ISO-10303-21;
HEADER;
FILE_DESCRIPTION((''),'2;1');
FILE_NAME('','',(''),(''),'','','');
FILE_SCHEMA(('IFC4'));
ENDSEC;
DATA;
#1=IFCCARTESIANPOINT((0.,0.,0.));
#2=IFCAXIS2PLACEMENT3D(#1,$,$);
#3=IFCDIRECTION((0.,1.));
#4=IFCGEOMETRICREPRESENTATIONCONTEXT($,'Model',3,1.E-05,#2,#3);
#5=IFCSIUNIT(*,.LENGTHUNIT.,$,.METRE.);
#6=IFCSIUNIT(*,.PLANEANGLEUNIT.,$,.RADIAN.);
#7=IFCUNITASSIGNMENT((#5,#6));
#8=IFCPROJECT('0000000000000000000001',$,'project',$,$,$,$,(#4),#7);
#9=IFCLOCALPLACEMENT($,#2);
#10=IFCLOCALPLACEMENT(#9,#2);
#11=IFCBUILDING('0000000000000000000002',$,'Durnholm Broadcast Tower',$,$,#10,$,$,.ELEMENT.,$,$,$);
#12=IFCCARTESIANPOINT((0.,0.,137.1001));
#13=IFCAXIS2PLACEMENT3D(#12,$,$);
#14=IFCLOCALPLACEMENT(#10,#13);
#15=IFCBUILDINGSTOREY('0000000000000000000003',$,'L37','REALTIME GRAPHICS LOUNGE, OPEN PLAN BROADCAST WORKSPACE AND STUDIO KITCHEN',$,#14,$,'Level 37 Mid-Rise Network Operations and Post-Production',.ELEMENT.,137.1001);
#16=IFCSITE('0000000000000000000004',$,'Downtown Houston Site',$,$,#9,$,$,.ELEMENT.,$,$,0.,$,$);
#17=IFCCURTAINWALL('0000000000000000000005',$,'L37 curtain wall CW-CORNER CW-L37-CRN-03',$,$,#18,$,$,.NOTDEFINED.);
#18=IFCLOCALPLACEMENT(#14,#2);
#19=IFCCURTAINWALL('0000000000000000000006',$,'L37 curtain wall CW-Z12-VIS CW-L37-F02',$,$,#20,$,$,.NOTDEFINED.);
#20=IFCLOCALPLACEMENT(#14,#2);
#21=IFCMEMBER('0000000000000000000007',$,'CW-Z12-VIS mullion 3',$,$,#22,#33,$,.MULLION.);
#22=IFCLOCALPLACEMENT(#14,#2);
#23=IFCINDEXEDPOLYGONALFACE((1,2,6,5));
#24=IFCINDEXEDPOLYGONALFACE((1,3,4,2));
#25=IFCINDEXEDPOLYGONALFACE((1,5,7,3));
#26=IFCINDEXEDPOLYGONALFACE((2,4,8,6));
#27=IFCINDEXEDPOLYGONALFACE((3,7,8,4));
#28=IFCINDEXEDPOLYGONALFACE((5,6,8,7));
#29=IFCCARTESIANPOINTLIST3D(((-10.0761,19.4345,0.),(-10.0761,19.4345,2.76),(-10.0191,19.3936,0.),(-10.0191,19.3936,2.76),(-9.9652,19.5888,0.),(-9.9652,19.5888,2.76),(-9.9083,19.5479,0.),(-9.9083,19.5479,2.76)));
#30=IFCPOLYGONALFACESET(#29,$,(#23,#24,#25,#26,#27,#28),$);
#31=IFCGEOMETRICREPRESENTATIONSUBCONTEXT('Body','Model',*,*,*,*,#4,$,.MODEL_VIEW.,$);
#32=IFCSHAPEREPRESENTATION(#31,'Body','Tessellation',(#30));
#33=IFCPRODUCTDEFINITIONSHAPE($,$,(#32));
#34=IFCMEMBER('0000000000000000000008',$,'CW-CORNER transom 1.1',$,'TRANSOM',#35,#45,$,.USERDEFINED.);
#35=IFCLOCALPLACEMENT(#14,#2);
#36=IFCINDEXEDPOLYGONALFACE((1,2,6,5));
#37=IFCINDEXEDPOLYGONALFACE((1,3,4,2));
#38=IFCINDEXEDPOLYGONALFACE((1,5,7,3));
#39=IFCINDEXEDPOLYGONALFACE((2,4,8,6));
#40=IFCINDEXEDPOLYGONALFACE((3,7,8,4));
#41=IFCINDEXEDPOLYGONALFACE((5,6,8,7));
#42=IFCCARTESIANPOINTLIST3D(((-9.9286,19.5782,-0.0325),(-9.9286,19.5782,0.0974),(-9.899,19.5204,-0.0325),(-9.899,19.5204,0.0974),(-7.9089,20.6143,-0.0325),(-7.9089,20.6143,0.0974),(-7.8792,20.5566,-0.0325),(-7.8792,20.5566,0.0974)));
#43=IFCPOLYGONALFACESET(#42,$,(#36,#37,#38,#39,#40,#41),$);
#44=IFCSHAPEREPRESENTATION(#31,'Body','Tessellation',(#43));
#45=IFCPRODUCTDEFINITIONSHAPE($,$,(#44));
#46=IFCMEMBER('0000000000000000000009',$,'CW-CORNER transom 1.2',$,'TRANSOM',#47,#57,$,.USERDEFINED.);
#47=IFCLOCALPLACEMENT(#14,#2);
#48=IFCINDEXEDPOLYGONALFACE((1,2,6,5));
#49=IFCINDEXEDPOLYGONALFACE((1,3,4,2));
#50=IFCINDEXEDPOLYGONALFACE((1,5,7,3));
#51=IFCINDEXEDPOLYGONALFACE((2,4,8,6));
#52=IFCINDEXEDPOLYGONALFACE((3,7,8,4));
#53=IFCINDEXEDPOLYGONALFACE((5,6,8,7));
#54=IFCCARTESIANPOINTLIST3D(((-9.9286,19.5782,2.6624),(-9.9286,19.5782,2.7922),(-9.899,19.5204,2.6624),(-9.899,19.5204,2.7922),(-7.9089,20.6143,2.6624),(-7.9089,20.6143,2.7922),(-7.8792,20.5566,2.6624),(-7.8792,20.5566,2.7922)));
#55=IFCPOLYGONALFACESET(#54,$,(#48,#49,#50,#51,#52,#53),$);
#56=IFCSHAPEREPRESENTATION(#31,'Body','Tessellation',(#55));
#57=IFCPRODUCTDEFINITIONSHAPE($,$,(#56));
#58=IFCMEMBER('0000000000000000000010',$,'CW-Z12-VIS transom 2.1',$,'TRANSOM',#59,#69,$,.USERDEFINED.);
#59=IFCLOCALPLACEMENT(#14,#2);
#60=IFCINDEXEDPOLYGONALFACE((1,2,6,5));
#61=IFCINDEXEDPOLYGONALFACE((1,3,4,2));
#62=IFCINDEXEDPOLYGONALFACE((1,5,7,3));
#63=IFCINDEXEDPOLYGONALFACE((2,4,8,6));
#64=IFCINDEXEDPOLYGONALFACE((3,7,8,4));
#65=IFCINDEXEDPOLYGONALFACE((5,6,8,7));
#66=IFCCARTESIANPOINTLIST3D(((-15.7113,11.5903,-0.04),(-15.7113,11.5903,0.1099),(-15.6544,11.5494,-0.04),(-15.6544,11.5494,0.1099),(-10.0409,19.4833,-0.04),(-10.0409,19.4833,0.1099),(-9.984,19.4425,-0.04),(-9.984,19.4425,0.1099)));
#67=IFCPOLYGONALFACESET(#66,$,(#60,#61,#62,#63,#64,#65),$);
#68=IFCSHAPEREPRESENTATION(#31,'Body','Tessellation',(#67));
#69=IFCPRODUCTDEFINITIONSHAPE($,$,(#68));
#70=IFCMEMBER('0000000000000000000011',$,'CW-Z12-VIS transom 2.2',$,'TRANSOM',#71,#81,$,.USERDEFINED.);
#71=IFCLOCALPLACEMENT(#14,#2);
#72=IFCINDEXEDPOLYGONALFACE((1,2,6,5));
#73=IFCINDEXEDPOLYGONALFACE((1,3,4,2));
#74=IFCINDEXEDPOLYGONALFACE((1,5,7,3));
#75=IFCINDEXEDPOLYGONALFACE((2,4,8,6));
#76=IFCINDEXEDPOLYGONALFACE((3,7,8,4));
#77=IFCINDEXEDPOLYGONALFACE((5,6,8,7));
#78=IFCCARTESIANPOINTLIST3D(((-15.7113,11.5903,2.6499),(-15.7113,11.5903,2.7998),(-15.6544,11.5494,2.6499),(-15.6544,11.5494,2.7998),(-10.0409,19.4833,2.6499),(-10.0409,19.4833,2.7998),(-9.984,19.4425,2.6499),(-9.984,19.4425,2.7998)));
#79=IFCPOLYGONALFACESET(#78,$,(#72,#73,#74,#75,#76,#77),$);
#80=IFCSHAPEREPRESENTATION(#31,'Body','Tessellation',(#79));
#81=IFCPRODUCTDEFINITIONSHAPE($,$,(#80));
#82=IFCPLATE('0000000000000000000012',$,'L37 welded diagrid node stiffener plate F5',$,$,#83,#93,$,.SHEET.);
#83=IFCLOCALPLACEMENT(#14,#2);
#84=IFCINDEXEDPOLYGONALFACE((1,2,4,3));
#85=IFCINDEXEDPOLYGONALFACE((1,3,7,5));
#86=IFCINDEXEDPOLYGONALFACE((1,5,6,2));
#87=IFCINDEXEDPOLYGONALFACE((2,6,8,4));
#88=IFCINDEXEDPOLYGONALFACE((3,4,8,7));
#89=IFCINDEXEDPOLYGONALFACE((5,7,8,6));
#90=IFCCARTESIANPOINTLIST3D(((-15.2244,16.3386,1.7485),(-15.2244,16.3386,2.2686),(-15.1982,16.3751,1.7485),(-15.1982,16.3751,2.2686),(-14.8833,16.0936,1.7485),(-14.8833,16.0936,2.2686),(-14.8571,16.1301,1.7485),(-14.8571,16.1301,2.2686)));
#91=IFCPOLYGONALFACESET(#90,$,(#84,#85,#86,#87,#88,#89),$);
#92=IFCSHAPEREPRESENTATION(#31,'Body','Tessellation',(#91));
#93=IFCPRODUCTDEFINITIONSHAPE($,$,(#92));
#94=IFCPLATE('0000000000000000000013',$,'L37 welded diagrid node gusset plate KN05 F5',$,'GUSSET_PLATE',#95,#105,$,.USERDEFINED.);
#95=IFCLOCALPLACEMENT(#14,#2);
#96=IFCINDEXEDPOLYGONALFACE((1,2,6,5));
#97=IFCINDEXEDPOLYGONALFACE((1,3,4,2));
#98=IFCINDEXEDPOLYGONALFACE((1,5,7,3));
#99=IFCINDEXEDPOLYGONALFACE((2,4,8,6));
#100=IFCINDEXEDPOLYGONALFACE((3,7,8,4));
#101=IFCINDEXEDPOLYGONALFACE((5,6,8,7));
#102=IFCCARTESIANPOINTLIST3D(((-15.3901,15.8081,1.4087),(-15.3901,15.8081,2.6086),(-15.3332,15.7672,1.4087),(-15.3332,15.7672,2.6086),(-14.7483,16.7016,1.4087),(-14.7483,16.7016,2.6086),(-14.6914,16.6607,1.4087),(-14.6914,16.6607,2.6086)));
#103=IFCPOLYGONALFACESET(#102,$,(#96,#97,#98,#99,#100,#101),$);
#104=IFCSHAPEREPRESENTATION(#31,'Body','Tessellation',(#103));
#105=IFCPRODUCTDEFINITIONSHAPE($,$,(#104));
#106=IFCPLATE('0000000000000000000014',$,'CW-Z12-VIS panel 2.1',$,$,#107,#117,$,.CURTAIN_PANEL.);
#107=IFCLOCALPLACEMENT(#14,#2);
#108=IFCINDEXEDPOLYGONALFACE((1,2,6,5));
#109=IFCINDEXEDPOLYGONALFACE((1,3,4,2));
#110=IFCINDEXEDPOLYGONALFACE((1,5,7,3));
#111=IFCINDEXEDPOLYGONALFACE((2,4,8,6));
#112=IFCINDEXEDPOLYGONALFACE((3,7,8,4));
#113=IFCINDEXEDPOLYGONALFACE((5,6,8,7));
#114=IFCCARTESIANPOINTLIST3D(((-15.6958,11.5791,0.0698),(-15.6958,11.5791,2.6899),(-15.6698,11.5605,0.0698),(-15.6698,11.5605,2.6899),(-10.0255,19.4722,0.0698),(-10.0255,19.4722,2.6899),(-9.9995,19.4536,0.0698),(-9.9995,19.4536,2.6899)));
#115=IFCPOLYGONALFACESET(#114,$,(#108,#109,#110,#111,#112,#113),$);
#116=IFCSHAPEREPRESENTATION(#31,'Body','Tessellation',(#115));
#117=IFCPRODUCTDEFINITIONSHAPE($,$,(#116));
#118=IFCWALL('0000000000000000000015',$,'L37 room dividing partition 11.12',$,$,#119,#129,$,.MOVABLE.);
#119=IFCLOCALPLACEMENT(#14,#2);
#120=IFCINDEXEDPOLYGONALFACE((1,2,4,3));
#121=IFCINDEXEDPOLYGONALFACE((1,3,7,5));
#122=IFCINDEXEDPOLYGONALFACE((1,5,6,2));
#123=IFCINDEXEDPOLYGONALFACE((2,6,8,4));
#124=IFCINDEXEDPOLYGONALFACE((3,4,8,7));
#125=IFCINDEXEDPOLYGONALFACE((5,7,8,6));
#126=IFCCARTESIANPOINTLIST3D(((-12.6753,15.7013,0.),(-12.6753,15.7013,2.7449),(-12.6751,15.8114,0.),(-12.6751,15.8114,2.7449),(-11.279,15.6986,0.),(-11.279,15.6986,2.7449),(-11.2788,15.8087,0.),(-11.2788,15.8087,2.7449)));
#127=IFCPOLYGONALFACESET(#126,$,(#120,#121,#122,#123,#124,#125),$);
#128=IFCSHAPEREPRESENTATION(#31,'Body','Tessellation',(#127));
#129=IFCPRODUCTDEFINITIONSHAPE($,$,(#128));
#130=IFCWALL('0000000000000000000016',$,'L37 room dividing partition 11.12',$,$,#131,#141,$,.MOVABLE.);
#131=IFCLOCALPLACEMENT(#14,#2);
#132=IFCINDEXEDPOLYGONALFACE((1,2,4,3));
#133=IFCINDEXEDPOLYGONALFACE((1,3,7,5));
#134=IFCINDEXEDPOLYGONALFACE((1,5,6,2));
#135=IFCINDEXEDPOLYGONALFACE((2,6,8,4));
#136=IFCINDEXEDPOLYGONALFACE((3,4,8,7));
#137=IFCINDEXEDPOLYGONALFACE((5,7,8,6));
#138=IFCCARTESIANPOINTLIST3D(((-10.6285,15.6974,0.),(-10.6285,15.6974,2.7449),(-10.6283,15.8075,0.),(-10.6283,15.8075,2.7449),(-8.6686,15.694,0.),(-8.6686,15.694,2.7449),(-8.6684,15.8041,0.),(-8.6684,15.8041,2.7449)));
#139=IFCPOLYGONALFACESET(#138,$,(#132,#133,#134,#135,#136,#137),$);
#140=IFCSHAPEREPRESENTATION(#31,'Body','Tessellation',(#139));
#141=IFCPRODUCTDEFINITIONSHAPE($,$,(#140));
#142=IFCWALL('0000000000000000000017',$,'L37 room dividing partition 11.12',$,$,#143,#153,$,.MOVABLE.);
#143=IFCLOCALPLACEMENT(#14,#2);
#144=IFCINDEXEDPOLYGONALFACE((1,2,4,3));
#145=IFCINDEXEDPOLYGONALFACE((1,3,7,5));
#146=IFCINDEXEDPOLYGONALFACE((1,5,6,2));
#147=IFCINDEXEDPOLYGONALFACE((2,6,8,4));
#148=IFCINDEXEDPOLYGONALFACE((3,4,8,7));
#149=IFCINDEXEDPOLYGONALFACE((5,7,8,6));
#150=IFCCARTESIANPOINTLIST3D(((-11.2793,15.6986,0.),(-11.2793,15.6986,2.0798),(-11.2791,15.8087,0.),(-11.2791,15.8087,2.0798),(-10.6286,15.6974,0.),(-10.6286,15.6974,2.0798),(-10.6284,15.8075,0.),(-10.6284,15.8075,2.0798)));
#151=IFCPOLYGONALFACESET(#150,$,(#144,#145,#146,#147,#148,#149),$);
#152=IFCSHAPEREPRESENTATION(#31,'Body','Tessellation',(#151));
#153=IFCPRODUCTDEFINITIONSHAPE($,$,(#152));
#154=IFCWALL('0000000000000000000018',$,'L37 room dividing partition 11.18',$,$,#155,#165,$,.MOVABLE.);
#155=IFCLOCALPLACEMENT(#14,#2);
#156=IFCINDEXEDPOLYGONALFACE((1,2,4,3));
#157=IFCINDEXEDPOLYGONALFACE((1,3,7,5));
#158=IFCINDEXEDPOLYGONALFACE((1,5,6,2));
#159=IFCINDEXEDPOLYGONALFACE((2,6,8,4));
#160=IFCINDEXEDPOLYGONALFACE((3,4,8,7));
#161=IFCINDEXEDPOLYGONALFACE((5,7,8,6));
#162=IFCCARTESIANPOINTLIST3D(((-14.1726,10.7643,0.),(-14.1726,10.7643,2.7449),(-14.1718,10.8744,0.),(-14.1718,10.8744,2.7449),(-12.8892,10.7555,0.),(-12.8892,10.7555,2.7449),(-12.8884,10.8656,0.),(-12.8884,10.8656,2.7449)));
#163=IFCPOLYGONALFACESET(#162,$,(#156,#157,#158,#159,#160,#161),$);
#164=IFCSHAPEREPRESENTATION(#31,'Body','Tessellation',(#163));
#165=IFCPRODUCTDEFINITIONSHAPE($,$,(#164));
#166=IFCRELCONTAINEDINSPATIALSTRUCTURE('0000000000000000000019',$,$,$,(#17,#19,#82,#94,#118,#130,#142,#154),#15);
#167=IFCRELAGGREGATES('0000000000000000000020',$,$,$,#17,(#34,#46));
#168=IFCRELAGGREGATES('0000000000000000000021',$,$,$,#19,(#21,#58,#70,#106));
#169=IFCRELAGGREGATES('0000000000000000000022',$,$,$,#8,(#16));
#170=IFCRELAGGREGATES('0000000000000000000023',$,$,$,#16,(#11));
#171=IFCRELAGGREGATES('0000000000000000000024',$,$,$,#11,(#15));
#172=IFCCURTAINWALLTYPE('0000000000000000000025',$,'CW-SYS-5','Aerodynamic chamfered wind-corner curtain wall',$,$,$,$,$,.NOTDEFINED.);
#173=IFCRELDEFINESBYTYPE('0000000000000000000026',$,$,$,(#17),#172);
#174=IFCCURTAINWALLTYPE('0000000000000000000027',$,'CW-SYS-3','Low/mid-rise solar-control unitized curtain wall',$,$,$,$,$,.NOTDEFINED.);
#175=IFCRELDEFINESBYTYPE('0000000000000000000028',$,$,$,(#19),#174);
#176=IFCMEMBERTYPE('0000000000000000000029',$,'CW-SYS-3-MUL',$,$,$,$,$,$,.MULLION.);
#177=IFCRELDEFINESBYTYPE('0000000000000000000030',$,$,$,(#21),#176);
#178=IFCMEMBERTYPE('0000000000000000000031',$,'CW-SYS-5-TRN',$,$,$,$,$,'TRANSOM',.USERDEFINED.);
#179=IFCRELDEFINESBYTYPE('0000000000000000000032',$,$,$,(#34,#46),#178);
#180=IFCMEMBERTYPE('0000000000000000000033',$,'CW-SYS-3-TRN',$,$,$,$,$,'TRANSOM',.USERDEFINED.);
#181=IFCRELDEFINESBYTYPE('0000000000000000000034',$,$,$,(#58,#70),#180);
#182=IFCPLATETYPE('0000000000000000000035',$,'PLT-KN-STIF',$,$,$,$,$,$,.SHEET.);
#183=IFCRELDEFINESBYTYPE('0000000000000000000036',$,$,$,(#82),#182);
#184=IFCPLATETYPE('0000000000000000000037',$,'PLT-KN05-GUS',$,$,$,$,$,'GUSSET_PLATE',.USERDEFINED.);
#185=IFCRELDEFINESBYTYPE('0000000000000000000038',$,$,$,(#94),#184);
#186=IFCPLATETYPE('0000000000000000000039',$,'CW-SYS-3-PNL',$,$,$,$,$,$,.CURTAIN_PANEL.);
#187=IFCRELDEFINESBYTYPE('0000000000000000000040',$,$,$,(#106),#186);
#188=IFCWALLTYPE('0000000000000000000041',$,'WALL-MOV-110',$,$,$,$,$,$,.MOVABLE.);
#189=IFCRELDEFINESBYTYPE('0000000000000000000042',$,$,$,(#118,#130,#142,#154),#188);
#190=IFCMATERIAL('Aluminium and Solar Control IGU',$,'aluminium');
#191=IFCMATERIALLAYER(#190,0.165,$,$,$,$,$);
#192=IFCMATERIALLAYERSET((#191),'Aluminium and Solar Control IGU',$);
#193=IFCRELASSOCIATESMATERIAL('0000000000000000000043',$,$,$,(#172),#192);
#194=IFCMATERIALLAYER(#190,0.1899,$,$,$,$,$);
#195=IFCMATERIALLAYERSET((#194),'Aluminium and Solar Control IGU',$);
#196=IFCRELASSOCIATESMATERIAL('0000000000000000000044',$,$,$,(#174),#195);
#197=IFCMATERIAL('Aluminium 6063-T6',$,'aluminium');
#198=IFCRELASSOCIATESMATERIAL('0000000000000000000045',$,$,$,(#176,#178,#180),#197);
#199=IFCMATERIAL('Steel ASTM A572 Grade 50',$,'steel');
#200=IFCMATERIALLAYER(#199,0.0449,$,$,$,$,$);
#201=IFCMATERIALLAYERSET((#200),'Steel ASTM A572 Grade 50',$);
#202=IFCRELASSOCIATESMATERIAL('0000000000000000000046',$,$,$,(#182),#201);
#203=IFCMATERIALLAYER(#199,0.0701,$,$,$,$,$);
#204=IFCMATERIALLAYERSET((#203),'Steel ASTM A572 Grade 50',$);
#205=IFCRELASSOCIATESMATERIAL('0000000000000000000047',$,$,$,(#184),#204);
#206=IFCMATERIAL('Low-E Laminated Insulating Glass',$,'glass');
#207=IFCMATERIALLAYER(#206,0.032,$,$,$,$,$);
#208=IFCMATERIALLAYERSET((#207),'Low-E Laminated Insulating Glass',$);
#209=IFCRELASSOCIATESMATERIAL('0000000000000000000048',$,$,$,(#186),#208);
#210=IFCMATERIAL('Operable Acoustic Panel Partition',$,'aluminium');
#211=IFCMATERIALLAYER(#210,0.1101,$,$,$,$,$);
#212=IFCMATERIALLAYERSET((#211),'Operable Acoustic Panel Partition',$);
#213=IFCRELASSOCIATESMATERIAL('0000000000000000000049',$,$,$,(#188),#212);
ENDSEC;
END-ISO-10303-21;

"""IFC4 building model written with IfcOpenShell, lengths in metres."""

from ifc_helpers import new_model, si_unit, direction, frame, frame_2d, origin, origin_2d, place, context, subcontext, project, spatial, rectangle, extrude, source, transform, mapped, material, layer, layer_set, material_profile, profile_set, type_object, type_shapes, element, aggregate, save


model = new_model("IFC4")

# Units and contexts
model_context = context("Model", 3, precision=1e-05, world=origin(), true_north=direction((0.0, 1.0)))
body_context = subcontext(model_context, "Body", "Model", "MODEL_VIEW")
ifc_project = project(units=[si_unit("LENGTHUNIT", "METRE"), si_unit("PLANEANGLEUNIT", "RADIAN")], contexts=[model_context])

# Site, building, storey
site_placement = place(None, origin())
site = spatial("IfcSite", under=ifc_project, at=site_placement, Name="Downtown Houston Site", CompositionType="ELEMENT", RefElevation=0.0)
building_placement = place(site_placement, origin())
building = spatial("IfcBuilding", under=site, at=building_placement, Name="Durnholm Broadcast Tower", CompositionType="ELEMENT")
storey_placement = place(building_placement, frame((0.0, 0.0, 137.1001)))
storey = spatial("IfcBuildingStorey", under=building, at=storey_placement, Name="L37", Description="REALTIME GRAPHICS LOUNGE, OPEN PLAN BROADCAST WORKSPACE AND STUDIO KITCHEN", LongName="Level 37 Mid-Rise Network Operations and Post-Production", CompositionType="ELEMENT", Elevation=137.1001)

# Curtain wall
ifc_material_1 = material(Name="Aluminium and Solar Control IGU", Category="aluminium")
ifc_layer_1 = layer(ifc_material_1, 0.165)
ifc_layer_set_1 = layer_set([ifc_layer_1], Name="Aluminium and Solar Control IGU")
curtain_wall_type_1 = type_object("IfcCurtainWallType", Name="CW-SYS-5", Description="Aerodynamic chamfered wind-corner curtain wall", PredefinedType="NOTDEFINED", material=ifc_layer_set_1)
curtain_wall_1_placement = place(storey_placement, origin())
curtain_wall_1 = element("IfcCurtainWall", 1, at=curtain_wall_1_placement, inside=storey, type_object=curtain_wall_type_1, Name="L37 curtain wall CW-CORNER CW-L37-CRN-03", PredefinedType="NOTDEFINED")
ifc_material_2 = material(Name="Aluminium 6063-T6", Category="aluminium")

# Curtain wall, member
ifc_layer_2 = layer(ifc_material_1, 0.1899)
ifc_layer_set_2 = layer_set([ifc_layer_2], Name="Aluminium and Solar Control IGU")
curtain_wall_type_2 = type_object("IfcCurtainWallType", Name="CW-SYS-3", Description="Low/mid-rise solar-control unitized curtain wall", PredefinedType="NOTDEFINED", material=ifc_layer_set_2)
curtain_wall_2_placement = place(storey_placement, origin())
curtain_wall_2 = element("IfcCurtainWall", 2, at=curtain_wall_2_placement, inside=storey, type_object=curtain_wall_type_2, Name="L37 curtain wall CW-Z12-VIS CW-L37-F02", PredefinedType="NOTDEFINED")
ifc_material_profile_1 = material_profile(ifc_material_2, rectangle(XDim=0.0701, YDim=0.1899, at=origin_2d()), Name="CWM70X190")
ifc_profile_set_1 = profile_set([ifc_material_profile_1], Name="Aluminium 6063-T6")
member_type_1 = type_object("IfcMemberType", Name="CW-SYS-3-MUL", PredefinedType="MULLION", material=ifc_profile_set_1)
shared_shape_1 = source(origin(), body_context, "Body", "SweptSolid", [
    extrude(rectangle(XDim=0.0701, YDim=0.1899, at=origin_2d()), origin(), (0.0, 0.0, 1.0), 2.76),
])
type_shapes(member_type_1, [shared_shape_1])
member_1_placement = place(storey_placement, frame((-9.9922, 19.4912, 0.0), z_axis=(0.0, 0.0, 1.0), x_axis=(-0.812152, 0.583445, 0.0)))
member_1 = element("IfcMember", 3, at=member_1_placement, type_object=member_type_1, Name="CW-Z12-VIS mullion 3", PredefinedType="MULLION", context=body_context, shape_type="MappedRepresentation", body=[
    mapped(shared_shape_1, transform((0.0, 0.0, 0.0), x_axis=(1.0, 0.0, 0.0), y_axis=(0.0, 1.0, 0.0), z_axis=(0.0, 0.0, 1.0), scale=1.0)),
])

# Members
ifc_material_profile_2 = material_profile(ifc_material_2, rectangle(XDim=0.0649, YDim=0.1299, at=origin_2d()), Name="CWT65X130")
ifc_profile_set_2 = profile_set([ifc_material_profile_2], Name="Aluminium 6063-T6")
member_type_2 = type_object("IfcMemberType", Name="CW-SYS-5-TRN", ElementType="TRANSOM", PredefinedType="USERDEFINED", material=ifc_profile_set_2)
shared_shape_2 = source(origin(), body_context, "Body", "SweptSolid", [
    extrude(rectangle(XDim=0.0649, YDim=0.1299, at=origin_2d()), origin(), (0.0, 0.0, 1.0), 2.27),
])
type_shapes(member_type_2, [shared_shape_2])
member_2_placement = place(storey_placement, frame((-9.9138, 19.5493, 0.0325), z_axis=(0.889755, 0.456439, 0.0), x_axis=(-0.456439, 0.889755, 0.0)))
member_2 = element("IfcMember", 4, at=member_2_placement, type_object=member_type_2, Name="CW-CORNER transom 1.1", ObjectType="TRANSOM", PredefinedType="USERDEFINED", context=body_context, shape_type="MappedRepresentation", body=[
    mapped(shared_shape_2, transform((0.0, 0.0, 0.0), x_axis=(1.0, 0.0, 0.0), y_axis=(0.0, 1.0, 0.0), z_axis=(0.0, 0.0, 1.0), scale=1.0)),
])
member_3_placement = place(storey_placement, frame((-9.9138, 19.5493, 2.7273), z_axis=(0.889755, 0.456439, 0.0), x_axis=(-0.456439, 0.889755, 0.0)))
member_3 = element("IfcMember", 5, at=member_3_placement, type_object=member_type_2, Name="CW-CORNER transom 1.2", ObjectType="TRANSOM", PredefinedType="USERDEFINED", context=body_context, shape_type="MappedRepresentation", body=[
    mapped(shared_shape_2, transform((0.0, 0.0, 0.0), x_axis=(1.0, 0.0, 0.0), y_axis=(0.0, 1.0, 0.0), z_axis=(0.0, 0.0, 1.0), scale=1.0)),
])
aggregate(curtain_wall_1, [member_2, member_3])
ifc_material_profile_3 = material_profile(ifc_material_2, rectangle(XDim=0.0701, YDim=0.1499, at=origin_2d()), Name="CWT70X150")
ifc_profile_set_3 = profile_set([ifc_material_profile_3], Name="Aluminium 6063-T6")
member_type_3 = type_object("IfcMemberType", Name="CW-SYS-3-TRN", ElementType="TRANSOM", PredefinedType="USERDEFINED", material=ifc_profile_set_3)
shared_shape_3 = source(origin(), body_context, "Body", "SweptSolid", [
    extrude(rectangle(XDim=0.0701, YDim=0.1499, at=origin_2d()), origin(), (0.0, 0.0, 1.0), 9.7188),
])
type_shapes(member_type_3, [shared_shape_3])
member_4_placement = place(storey_placement, frame((-15.6829, 11.5698, 0.0349), z_axis=(0.583451, 0.812149, 0.0), x_axis=(-0.812149, 0.583451, 0.0)))
member_4 = element("IfcMember", 6, at=member_4_placement, type_object=member_type_3, Name="CW-Z12-VIS transom 2.1", ObjectType="TRANSOM", PredefinedType="USERDEFINED", context=body_context, shape_type="MappedRepresentation", body=[
    mapped(shared_shape_3, transform((0.0, 0.0, 0.0), x_axis=(1.0, 0.0, 0.0), y_axis=(0.0, 1.0, 0.0), z_axis=(0.0, 0.0, 1.0), scale=1.0)),
])
member_5_placement = place(storey_placement, frame((-15.6829, 11.5698, 2.7249), z_axis=(0.583451, 0.812149, 0.0), x_axis=(-0.812149, 0.583451, 0.0)))
member_5 = element("IfcMember", 7, at=member_5_placement, type_object=member_type_3, Name="CW-Z12-VIS transom 2.2", ObjectType="TRANSOM", PredefinedType="USERDEFINED", context=body_context, shape_type="MappedRepresentation", body=[
    mapped(shared_shape_3, transform((0.0, 0.0, 0.0), x_axis=(1.0, 0.0, 0.0), y_axis=(0.0, 1.0, 0.0), z_axis=(0.0, 0.0, 1.0), scale=1.0)),
])

# Plates
ifc_material_3 = material(Name="Steel ASTM A572 Grade 50", Category="steel")
ifc_layer_3 = layer(ifc_material_3, 0.0449)
ifc_layer_set_3 = layer_set([ifc_layer_3], Name="Steel ASTM A572 Grade 50")
plate_type_1 = type_object("IfcPlateType", Name="PLT-KN-STIF", PredefinedType="SHEET", material=ifc_layer_set_3)
shared_shape_4 = source(origin(), body_context, "Body", "SweptSolid", [
    extrude(rectangle(XDim=0.0449, YDim=0.4199, at=origin_2d()), origin(), (0.0, 0.0, 1.0), 0.52),
])
type_shapes(plate_type_1, [shared_shape_4])
plate_1_placement = place(storey_placement, frame((-15.0408, 16.2344, 1.7485), z_axis=(0.0, 0.0, 1.0), x_axis=(-0.583399, -0.812185, 0.0)))
element("IfcPlate", 8, at=plate_1_placement, inside=storey, type_object=plate_type_1, Name="L37 welded diagrid node stiffener plate F5", PredefinedType="SHEET", context=body_context, shape_type="MappedRepresentation", body=[
    mapped(shared_shape_4, transform((0.0, 0.0, 0.0), x_axis=(1.0, 0.0, 0.0), y_axis=(0.0, 1.0, 0.0), z_axis=(0.0, 0.0, 1.0), scale=1.0)),
])
ifc_layer_4 = layer(ifc_material_3, 0.0701)
ifc_layer_set_4 = layer_set([ifc_layer_4], Name="Steel ASTM A572 Grade 50")
plate_type_2 = type_object("IfcPlateType", Name="PLT-KN05-GUS", ElementType="GUSSET_PLATE", PredefinedType="USERDEFINED", material=ifc_layer_set_4)
shared_shape_5 = source(origin(), body_context, "Body", "SweptSolid", [
    extrude(rectangle(XDim=1.1001, YDim=0.0701, at=origin_2d()), origin(), (0.0, 0.0, 1.0), 1.2),
])
type_shapes(plate_type_2, [shared_shape_5])
plate_2_placement = place(storey_placement, frame((-15.0408, 16.2344, 1.4087), z_axis=(0.0, 0.0, 1.0), x_axis=(-0.583399, -0.812185, 0.0)))
element("IfcPlate", 9, at=plate_2_placement, inside=storey, type_object=plate_type_2, Name="L37 welded diagrid node gusset plate KN05 F5", ObjectType="GUSSET_PLATE", PredefinedType="USERDEFINED", context=body_context, shape_type="MappedRepresentation", body=[
    mapped(shared_shape_5, transform((0.0, 0.0, 0.0), x_axis=(1.0, 0.0, 0.0), y_axis=(0.0, 1.0, 0.0), z_axis=(0.0, 0.0, 1.0), scale=1.0)),
])

# Plate
ifc_material_4 = material(Name="Low-E Laminated Insulating Glass", Category="glass")
ifc_layer_5 = layer(ifc_material_4, 0.032)
ifc_layer_set_5 = layer_set([ifc_layer_5], Name="Low-E Laminated Insulating Glass")
plate_type_3 = type_object("IfcPlateType", Name="CW-SYS-3-PNL", PredefinedType="CURTAIN_PANEL", material=ifc_layer_set_5)
shared_shape_6 = source(origin(), body_context, "Body", "SweptSolid", [
    extrude(rectangle(XDim=9.7188, YDim=0.032, at=origin_2d()), origin(), (0.0, 0.0, 1.0), 2.6201),
])
type_shapes(plate_type_3, [shared_shape_6])
plate_3_placement = place(storey_placement, frame((-12.8477, 15.5164, 0.0698), z_axis=(0.0, 0.0, 1.0), x_axis=(0.583445, 0.812152, 0.0)))
plate_3 = element("IfcPlate", 10, at=plate_3_placement, type_object=plate_type_3, Name="CW-Z12-VIS panel 2.1", PredefinedType="CURTAIN_PANEL", context=body_context, shape_type="MappedRepresentation", body=[
    mapped(shared_shape_6, transform((0.0, 0.0, 0.0), x_axis=(1.0, 0.0, 0.0), y_axis=(0.0, 1.0, 0.0), z_axis=(0.0, 0.0, 1.0), scale=1.0)),
])
aggregate(curtain_wall_2, [member_1, member_4, member_5, plate_3])

# Walls
ifc_material_5 = material(Name="Operable Acoustic Panel Partition", Category="aluminium")
ifc_layer_6 = layer(ifc_material_5, 0.1101)
ifc_layer_set_6 = layer_set([ifc_layer_6], Name="Operable Acoustic Panel Partition")
wall_type_1 = type_object("IfcWallType", Name="WALL-MOV-110", PredefinedType="MOVABLE", material=ifc_layer_set_6)
wall_1_placement = place(storey_placement, frame((-12.6753, 15.7563, 0.0), z_axis=(0.0, 0.0, 1.0), x_axis=(0.999998, -0.001923, 0.0)))
element("IfcWall", 11, at=wall_1_placement, inside=storey, type_object=wall_type_1, Name="L37 room dividing partition 11.12", PredefinedType="MOVABLE", context=body_context, shape_type="SweptSolid", body=[
    extrude(rectangle(XDim=1.3962, YDim=0.1101, at=frame_2d((0.6982, 0.0))), origin(), (0.0, 0.0, 1.0), 2.7449),
])
wall_2_placement = place(storey_placement, frame((-10.6284, 15.7524, 0.0), z_axis=(0.0, 0.0, 1.0), x_axis=(0.999998, -0.001744, 0.0)))
element("IfcWall", 12, at=wall_2_placement, inside=storey, type_object=wall_type_1, Name="L37 room dividing partition 11.12", PredefinedType="MOVABLE", context=body_context, shape_type="SweptSolid", body=[
    extrude(rectangle(XDim=1.96, YDim=0.1101, at=frame_2d((0.98, 0.0))), origin(), (0.0, 0.0, 1.0), 2.7449),
])
wall_3_placement = place(storey_placement, frame((-11.2791, 15.7537, 0.0), z_axis=(0.0, 0.0, 1.0), x_axis=(0.999998, -0.001876, 0.0)))
element("IfcWall", 13, at=wall_3_placement, inside=storey, type_object=wall_type_1, Name="L37 room dividing partition 11.12", PredefinedType="MOVABLE", context=body_context, shape_type="SweptSolid", body=[
    extrude(rectangle(XDim=0.6506, YDim=0.1101, at=frame_2d((0.3252, 0.0))), origin(), (0.0, 0.0, 1.0), 2.0798),
])
wall_4_placement = place(storey_placement, frame((-12.8889, 10.8105, 0.0), z_axis=(0.0, 0.0, 1.0), x_axis=(-0.999977, 0.006848, 0.0)))
element("IfcWall", 14, at=wall_4_placement, inside=storey, type_object=wall_type_1, Name="L37 room dividing partition 11.18", PredefinedType="MOVABLE", context=body_context, shape_type="SweptSolid", body=[
    extrude(rectangle(XDim=1.2834, YDim=0.1101, at=frame_2d((0.6416, 0.0))), origin(), (0.0, 0.0, 1.0), 2.7449),
])

save(model, "model.ifc")
